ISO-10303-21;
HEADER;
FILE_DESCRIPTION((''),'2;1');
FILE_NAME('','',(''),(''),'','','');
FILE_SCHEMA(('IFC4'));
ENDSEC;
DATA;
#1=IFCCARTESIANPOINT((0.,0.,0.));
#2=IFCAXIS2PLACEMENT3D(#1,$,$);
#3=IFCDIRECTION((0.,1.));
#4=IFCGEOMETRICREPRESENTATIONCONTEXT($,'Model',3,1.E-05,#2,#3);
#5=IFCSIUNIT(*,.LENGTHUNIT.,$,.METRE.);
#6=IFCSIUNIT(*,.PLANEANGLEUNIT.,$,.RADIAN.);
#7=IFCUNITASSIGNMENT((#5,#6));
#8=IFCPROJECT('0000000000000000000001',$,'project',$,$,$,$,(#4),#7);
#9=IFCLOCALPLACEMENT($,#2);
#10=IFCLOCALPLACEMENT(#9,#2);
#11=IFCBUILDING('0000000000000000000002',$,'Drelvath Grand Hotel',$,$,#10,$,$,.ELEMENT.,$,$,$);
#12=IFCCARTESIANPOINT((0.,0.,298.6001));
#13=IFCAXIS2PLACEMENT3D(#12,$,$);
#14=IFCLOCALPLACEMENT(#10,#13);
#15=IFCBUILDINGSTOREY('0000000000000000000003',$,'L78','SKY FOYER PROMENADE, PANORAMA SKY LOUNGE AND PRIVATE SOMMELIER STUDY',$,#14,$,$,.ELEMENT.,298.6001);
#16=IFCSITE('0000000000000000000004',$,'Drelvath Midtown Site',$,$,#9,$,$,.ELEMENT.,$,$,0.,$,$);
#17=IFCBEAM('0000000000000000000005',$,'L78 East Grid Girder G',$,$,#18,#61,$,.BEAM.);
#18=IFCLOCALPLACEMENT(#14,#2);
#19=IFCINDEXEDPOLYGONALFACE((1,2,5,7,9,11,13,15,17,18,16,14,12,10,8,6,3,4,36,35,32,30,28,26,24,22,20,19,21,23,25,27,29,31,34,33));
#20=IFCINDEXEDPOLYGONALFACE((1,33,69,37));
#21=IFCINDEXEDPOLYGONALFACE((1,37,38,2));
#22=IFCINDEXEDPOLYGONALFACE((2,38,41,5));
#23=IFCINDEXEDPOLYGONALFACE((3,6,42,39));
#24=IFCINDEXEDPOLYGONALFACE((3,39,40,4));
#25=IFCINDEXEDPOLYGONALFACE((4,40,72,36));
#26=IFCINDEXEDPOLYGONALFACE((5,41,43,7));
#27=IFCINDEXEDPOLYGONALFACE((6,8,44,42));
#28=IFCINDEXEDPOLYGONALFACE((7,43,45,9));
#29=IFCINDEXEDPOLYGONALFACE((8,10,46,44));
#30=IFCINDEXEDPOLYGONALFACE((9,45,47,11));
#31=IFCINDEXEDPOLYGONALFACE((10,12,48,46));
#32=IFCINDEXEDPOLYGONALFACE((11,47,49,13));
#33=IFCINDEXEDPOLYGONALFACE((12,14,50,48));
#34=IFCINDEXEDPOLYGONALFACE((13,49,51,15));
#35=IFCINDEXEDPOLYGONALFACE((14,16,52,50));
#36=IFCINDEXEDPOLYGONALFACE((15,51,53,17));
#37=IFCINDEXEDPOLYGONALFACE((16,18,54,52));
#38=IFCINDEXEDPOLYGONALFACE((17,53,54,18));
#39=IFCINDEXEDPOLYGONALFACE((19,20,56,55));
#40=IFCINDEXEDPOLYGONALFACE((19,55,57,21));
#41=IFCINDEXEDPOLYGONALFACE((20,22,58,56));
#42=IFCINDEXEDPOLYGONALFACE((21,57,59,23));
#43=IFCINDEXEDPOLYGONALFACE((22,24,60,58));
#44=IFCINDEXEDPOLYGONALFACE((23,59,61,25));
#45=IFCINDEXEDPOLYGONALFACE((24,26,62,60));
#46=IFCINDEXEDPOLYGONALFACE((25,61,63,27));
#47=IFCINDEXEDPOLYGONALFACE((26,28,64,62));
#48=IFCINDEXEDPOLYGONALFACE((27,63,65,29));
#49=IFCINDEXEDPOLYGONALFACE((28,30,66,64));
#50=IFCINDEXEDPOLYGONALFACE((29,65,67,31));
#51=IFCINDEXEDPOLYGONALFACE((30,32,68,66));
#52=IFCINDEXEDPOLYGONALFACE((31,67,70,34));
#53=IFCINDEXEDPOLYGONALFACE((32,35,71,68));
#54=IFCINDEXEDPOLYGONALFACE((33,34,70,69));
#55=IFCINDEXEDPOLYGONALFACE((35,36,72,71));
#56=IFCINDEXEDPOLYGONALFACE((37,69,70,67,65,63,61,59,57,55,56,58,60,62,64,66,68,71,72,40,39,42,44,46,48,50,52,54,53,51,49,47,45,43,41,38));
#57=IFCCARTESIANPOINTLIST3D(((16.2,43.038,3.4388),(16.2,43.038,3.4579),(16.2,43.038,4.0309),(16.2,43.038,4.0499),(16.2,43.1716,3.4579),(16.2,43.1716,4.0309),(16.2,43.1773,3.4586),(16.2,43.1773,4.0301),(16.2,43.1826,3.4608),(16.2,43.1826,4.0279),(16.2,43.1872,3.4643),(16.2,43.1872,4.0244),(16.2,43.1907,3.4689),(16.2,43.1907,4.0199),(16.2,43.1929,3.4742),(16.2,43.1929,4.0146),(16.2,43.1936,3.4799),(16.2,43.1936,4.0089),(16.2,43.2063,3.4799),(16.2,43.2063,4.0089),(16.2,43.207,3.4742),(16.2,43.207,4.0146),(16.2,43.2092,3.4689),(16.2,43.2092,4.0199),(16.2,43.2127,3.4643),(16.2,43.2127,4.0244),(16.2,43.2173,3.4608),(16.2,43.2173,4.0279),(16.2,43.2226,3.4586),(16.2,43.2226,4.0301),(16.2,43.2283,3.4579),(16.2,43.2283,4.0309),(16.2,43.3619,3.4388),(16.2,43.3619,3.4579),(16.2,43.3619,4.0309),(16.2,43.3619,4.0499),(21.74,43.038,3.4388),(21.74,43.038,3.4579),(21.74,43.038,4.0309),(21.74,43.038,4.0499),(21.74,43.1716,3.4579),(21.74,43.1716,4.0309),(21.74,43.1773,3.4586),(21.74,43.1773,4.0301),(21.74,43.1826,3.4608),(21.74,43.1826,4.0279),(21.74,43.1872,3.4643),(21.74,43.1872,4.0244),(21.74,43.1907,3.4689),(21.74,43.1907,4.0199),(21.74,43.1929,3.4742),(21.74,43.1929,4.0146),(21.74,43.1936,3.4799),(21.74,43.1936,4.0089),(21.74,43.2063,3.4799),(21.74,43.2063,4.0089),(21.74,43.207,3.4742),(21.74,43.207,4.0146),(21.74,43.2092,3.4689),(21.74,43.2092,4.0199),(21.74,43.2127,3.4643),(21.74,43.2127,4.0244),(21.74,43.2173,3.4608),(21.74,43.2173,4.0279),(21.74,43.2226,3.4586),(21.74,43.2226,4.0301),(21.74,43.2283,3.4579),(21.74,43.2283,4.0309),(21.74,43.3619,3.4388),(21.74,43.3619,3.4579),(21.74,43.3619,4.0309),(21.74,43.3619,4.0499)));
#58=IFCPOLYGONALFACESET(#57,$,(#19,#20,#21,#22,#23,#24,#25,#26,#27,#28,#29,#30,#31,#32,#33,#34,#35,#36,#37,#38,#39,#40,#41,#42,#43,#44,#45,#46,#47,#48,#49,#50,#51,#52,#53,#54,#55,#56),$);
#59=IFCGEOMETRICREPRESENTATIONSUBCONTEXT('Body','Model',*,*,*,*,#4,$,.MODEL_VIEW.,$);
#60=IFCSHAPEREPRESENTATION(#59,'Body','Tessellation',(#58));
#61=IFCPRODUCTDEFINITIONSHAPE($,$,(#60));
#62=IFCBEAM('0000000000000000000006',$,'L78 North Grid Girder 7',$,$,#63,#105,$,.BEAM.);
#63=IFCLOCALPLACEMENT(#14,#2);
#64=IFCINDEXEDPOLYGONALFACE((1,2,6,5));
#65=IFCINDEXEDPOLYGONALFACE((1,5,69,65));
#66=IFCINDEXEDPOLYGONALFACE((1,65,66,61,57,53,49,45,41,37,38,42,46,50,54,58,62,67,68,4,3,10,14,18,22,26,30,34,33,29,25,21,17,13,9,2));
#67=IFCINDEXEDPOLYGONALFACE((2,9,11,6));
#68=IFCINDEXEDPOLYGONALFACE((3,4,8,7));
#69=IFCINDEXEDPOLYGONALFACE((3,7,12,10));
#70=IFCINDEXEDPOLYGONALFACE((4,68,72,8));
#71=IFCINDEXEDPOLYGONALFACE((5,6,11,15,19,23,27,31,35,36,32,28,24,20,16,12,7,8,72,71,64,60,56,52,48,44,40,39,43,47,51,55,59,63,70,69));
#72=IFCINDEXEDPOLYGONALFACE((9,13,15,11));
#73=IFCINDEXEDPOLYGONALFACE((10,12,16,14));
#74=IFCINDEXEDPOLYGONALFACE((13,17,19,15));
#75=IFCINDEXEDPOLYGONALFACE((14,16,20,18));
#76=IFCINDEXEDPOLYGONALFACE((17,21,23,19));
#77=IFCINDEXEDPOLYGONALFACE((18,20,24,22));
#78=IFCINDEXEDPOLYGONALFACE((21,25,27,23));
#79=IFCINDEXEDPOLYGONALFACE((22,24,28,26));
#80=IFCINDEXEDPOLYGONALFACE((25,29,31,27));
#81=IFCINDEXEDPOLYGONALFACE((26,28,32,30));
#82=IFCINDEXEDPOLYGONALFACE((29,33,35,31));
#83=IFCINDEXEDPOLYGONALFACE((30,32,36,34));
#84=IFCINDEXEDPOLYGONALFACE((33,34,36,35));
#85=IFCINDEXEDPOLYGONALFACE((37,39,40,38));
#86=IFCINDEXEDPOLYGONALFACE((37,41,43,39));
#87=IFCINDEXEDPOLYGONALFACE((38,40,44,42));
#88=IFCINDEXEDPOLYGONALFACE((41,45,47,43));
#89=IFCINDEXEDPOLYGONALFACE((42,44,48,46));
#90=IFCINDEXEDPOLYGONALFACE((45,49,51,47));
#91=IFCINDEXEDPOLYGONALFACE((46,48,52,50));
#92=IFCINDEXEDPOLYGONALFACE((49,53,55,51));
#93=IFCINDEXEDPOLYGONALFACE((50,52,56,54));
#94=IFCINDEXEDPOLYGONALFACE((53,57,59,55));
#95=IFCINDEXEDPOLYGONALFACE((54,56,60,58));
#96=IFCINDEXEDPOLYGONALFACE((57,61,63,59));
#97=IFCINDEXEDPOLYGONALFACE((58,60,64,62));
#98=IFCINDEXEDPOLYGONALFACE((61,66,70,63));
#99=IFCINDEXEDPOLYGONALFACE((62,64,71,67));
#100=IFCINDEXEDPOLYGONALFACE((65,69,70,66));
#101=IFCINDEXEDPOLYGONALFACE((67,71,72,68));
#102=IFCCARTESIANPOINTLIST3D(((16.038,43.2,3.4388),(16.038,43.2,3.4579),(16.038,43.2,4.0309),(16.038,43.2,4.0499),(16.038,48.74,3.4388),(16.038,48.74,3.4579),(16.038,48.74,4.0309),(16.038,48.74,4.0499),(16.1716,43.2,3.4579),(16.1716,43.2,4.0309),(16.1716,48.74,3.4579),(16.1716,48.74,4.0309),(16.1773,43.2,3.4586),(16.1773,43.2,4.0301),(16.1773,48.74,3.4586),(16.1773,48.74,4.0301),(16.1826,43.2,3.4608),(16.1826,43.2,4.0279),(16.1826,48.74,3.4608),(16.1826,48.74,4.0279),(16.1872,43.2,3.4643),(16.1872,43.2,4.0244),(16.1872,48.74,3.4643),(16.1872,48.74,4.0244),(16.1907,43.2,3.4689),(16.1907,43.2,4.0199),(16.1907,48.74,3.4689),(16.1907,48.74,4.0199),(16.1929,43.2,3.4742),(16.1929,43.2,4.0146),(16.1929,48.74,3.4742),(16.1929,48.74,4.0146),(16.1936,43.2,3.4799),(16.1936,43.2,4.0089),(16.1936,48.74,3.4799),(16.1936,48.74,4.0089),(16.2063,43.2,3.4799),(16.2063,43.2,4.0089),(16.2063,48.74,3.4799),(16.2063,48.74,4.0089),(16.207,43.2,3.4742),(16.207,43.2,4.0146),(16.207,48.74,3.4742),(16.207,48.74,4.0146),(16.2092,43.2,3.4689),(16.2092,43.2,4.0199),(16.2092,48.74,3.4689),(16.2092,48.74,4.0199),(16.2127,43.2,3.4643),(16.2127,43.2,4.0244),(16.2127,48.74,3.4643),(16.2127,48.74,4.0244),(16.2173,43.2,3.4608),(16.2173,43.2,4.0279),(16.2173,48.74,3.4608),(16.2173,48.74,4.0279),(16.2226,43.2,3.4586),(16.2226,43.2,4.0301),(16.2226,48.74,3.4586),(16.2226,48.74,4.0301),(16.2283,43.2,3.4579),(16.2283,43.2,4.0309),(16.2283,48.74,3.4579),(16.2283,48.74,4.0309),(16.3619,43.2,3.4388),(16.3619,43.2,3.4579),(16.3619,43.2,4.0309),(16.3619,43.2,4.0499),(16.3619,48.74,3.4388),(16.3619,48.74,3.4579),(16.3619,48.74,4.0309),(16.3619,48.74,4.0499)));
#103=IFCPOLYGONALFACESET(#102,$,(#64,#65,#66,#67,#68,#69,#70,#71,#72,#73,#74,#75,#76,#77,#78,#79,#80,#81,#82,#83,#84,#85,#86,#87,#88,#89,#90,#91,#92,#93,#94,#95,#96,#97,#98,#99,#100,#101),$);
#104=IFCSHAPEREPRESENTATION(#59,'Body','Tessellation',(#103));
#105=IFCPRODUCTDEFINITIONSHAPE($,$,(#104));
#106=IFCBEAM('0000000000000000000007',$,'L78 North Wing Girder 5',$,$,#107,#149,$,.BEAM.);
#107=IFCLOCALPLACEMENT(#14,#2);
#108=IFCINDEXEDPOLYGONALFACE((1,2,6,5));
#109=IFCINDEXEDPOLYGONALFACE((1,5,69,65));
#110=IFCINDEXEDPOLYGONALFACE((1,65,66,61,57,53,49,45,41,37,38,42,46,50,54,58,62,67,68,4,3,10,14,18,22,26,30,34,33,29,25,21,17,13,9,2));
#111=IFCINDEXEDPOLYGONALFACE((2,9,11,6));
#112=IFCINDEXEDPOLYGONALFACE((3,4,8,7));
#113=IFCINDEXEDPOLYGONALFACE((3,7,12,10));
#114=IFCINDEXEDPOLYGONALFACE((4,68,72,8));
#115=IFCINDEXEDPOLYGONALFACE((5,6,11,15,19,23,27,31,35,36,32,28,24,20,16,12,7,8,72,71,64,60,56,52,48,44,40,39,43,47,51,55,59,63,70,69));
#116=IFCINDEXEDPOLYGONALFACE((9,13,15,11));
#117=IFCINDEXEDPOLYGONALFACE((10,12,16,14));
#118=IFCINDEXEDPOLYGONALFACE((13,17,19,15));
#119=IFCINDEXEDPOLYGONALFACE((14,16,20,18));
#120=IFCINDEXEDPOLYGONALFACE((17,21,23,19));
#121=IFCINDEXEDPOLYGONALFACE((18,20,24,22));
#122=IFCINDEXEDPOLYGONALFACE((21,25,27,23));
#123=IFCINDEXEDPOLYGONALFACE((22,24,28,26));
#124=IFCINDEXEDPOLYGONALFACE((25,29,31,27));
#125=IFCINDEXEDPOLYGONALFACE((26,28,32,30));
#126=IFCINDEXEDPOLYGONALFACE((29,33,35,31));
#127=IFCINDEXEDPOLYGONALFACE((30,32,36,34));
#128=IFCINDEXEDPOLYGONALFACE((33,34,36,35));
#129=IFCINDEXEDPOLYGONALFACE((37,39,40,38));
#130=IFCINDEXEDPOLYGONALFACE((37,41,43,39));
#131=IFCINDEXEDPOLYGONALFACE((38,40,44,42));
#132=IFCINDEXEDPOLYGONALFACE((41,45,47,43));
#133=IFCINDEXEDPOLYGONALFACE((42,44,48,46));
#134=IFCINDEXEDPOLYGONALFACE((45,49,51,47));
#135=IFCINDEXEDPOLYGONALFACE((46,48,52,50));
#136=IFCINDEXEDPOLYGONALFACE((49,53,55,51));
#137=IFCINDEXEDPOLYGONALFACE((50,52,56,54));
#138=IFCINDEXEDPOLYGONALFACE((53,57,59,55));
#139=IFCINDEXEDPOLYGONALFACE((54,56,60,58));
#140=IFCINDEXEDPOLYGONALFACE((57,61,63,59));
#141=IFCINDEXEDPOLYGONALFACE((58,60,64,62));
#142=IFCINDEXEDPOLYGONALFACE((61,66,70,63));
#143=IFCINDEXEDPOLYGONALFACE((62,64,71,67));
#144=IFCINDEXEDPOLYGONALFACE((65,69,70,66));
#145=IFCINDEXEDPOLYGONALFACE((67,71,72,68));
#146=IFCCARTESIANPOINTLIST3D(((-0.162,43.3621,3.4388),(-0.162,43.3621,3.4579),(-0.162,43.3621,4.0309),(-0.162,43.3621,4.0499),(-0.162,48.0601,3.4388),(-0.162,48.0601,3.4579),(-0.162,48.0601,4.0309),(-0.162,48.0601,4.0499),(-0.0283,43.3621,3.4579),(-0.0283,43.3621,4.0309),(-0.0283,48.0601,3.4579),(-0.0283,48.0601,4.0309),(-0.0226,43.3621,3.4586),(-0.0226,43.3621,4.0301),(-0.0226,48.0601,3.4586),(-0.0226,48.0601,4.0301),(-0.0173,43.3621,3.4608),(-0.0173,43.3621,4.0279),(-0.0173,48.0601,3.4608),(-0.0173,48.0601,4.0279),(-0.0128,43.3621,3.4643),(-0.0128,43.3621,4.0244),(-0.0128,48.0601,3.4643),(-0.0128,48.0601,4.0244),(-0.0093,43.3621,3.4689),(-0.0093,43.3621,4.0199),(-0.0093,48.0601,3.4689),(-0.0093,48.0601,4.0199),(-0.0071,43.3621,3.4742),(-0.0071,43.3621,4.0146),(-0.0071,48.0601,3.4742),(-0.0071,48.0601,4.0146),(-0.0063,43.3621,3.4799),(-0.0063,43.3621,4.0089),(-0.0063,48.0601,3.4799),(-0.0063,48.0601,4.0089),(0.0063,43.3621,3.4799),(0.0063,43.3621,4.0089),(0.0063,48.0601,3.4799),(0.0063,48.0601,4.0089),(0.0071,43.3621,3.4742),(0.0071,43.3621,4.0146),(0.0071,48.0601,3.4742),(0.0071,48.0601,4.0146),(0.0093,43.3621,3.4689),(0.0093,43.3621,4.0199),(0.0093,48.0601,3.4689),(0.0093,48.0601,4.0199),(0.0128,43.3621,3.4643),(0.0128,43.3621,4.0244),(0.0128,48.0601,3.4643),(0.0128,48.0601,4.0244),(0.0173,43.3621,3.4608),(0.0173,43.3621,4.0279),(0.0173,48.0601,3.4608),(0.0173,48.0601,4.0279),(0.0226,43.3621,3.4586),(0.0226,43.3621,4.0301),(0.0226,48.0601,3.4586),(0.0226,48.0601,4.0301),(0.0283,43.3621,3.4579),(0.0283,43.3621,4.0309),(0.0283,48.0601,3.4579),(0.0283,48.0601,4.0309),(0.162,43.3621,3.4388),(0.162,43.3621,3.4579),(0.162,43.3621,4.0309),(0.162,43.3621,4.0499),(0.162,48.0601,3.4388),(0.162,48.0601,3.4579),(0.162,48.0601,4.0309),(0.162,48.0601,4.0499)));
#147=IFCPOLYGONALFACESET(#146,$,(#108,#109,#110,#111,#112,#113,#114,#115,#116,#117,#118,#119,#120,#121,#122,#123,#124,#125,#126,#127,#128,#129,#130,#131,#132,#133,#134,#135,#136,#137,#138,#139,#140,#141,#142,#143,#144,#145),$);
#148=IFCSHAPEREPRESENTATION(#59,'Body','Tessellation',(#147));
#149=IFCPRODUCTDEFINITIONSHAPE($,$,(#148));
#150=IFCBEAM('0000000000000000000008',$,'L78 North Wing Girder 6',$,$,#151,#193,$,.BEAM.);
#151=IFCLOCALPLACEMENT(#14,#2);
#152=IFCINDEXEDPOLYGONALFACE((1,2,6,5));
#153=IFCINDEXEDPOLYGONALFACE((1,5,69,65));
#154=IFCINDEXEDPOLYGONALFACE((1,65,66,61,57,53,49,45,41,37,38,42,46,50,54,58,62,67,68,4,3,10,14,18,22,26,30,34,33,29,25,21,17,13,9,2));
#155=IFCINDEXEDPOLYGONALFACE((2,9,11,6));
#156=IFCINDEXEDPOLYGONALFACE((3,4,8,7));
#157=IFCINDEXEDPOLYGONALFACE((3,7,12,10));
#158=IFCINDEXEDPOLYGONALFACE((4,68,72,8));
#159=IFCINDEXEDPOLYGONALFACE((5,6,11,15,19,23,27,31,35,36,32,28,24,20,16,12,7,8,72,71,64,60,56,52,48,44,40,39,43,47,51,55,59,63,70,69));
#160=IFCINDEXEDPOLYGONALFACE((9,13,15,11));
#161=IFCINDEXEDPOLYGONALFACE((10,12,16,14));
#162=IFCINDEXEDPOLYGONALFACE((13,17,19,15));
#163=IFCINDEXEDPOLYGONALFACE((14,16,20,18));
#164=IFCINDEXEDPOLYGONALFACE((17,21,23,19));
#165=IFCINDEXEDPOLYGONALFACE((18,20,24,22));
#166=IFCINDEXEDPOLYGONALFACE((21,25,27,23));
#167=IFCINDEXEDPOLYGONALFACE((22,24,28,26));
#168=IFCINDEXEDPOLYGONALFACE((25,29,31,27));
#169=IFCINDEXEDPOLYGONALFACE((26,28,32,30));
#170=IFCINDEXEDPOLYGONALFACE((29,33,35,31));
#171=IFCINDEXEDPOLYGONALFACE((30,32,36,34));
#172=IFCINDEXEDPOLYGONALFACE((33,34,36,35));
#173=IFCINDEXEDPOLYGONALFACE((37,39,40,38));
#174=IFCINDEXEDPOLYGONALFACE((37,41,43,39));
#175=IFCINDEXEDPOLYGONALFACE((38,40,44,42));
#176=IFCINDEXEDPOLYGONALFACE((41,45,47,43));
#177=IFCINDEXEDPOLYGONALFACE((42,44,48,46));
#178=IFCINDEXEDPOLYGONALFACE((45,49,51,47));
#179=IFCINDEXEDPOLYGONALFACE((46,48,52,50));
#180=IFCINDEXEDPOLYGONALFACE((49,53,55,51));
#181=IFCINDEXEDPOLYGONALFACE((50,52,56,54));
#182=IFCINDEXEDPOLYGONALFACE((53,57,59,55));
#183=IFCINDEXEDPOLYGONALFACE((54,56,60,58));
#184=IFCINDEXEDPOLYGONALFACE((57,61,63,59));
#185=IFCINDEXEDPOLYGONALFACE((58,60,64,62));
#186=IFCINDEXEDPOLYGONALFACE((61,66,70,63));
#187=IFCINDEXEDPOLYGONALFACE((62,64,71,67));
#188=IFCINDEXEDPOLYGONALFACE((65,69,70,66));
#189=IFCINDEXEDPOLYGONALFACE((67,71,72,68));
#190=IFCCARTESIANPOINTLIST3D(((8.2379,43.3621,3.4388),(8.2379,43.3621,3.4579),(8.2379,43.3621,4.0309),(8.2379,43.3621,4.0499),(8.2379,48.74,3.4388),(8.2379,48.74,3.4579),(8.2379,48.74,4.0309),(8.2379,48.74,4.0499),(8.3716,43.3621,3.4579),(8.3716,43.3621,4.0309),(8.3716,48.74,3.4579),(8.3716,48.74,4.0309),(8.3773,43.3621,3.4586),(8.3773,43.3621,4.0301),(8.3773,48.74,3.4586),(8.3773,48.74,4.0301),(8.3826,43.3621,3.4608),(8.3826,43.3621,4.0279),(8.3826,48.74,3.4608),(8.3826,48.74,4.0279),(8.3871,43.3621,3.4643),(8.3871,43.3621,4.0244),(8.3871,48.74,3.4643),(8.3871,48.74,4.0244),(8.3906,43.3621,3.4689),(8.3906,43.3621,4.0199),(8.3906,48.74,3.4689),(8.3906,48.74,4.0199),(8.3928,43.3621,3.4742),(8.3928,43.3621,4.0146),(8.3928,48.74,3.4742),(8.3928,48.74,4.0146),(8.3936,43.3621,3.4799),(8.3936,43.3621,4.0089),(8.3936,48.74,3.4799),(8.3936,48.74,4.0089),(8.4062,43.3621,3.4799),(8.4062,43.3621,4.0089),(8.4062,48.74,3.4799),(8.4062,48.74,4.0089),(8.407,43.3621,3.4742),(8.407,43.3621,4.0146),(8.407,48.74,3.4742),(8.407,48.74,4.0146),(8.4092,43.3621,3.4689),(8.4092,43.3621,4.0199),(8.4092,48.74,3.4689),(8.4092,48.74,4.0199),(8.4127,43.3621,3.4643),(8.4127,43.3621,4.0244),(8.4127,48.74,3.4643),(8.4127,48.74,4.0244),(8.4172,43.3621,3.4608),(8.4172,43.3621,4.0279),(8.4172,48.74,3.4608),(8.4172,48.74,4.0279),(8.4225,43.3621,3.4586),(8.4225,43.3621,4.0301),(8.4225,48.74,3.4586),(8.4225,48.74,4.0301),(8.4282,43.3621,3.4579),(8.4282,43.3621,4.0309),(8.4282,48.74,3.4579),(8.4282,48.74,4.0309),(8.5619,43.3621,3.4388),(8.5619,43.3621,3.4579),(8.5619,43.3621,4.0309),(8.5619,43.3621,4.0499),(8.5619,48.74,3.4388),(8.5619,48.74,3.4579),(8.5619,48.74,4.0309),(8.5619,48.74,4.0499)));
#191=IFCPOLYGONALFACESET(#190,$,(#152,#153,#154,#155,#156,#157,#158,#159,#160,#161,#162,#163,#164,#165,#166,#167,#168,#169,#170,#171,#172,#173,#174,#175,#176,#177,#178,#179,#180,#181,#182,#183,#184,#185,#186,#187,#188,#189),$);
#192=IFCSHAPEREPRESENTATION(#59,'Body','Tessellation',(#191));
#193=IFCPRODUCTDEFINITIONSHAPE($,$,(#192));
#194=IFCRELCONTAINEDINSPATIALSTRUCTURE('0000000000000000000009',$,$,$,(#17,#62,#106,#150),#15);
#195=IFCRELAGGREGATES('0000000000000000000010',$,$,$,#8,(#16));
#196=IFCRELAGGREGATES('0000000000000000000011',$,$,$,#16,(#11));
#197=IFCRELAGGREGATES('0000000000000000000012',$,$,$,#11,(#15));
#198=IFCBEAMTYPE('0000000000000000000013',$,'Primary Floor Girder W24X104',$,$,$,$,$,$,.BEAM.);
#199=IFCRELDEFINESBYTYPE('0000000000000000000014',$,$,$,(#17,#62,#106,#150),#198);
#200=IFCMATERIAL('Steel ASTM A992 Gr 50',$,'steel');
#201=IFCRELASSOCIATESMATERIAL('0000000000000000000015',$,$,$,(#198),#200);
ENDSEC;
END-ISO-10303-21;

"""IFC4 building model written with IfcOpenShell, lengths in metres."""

from ifc_helpers import new_model, si_unit, direction, frame, origin, origin_2d, place, context, subcontext, project, spatial, i_section, extrude, material, material_profile, profile_set, type_object, element, save


model = new_model("IFC4")

# Units and contexts
model_context = context("Model", 3, precision=1e-05, world=origin(), true_north=direction((0.0, 1.0)))
body_context = subcontext(model_context, "Body", "Model", "MODEL_VIEW")
ifc_project = project(units=[si_unit("LENGTHUNIT", "METRE"), si_unit("PLANEANGLEUNIT", "RADIAN")], contexts=[model_context])

# Site, building, storey
site_placement = place(None, origin())
site = spatial("IfcSite", under=ifc_project, at=site_placement, Name="Drelvath Midtown Site", CompositionType="ELEMENT", RefElevation=0.0)
building_placement = place(site_placement, origin())
building = spatial("IfcBuilding", under=site, at=building_placement, Name="Drelvath Grand Hotel", CompositionType="ELEMENT")
storey_placement = place(building_placement, frame((0.0, 0.0, 298.6001)))
storey = spatial("IfcBuildingStorey", under=building, at=storey_placement, Name="L78", Description="SKY FOYER PROMENADE, PANORAMA SKY LOUNGE AND PRIVATE SOMMELIER STUDY", CompositionType="ELEMENT", Elevation=298.6001)

# Beams
ifc_material_1 = material(Name="Steel ASTM A992 Gr 50", Category="steel")
ifc_material_profile_1 = material_profile(ifc_material_1, i_section(OverallWidth=0.324, OverallDepth=0.6111, WebThickness=0.0127, FlangeThickness=0.019, FilletRadius=0.022, at=origin_2d()), Name="W24X104")
ifc_profile_set_1 = profile_set([ifc_material_profile_1], Name="Steel ASTM A992 Gr 50")
beam_type_1 = type_object("IfcBeamType", Name="Primary Floor Girder W24X104", PredefinedType="BEAM", material=ifc_profile_set_1)
for number, where, z_axis, x_axis, name in (
    (1, (16.2, 43.2, 3.7444), (1.0, 0.0, 0.0), (0.0, 1.0, 0.0), "L78 East Grid Girder G"),
    (2, (16.2, 43.2, 3.7444), (0.0, 1.0, 0.0), (-1.0, 0.0, 0.0), "L78 North Grid Girder 7"),
):
    element("IfcBeam", number, at=place(storey_placement, frame(where, z_axis=z_axis, x_axis=x_axis)), inside=storey, type_object=beam_type_1, Name=name, PredefinedType="BEAM", context=body_context, shape_type="SweptSolid", body=[
        extrude(i_section(OverallWidth=0.324, OverallDepth=0.6111, WebThickness=0.0127, FlangeThickness=0.019, FilletRadius=0.022, at=origin_2d()), origin(), (0.0, 0.0, 1.0), 5.54),
    ])
beam_1_placement = place(storey_placement, frame((0.0, 43.3621, 3.7444), z_axis=(0.0, 1.0, 0.0), x_axis=(-1.0, 0.0, 0.0)))
element("IfcBeam", 3, at=beam_1_placement, inside=storey, type_object=beam_type_1, Name="L78 North Wing Girder 5", PredefinedType="BEAM", context=body_context, shape_type="SweptSolid", body=[
    extrude(i_section(OverallWidth=0.324, OverallDepth=0.6111, WebThickness=0.0127, FlangeThickness=0.019, FilletRadius=0.022, at=origin_2d()), origin(), (0.0, 0.0, 1.0), 4.698),
])
beam_2_placement = place(storey_placement, frame((8.3999, 43.3621, 3.7444), z_axis=(0.0, 1.0, 0.0), x_axis=(-1.0, 0.0, 0.0)))
element("IfcBeam", 4, at=beam_2_placement, inside=storey, type_object=beam_type_1, Name="L78 North Wing Girder 6", PredefinedType="BEAM", context=body_context, shape_type="SweptSolid", body=[
    extrude(i_section(OverallWidth=0.324, OverallDepth=0.6111, WebThickness=0.0127, FlangeThickness=0.019, FilletRadius=0.022, at=origin_2d()), origin(), (0.0, 0.0, 1.0), 5.3779),
])

save(model, "model.ifc")
